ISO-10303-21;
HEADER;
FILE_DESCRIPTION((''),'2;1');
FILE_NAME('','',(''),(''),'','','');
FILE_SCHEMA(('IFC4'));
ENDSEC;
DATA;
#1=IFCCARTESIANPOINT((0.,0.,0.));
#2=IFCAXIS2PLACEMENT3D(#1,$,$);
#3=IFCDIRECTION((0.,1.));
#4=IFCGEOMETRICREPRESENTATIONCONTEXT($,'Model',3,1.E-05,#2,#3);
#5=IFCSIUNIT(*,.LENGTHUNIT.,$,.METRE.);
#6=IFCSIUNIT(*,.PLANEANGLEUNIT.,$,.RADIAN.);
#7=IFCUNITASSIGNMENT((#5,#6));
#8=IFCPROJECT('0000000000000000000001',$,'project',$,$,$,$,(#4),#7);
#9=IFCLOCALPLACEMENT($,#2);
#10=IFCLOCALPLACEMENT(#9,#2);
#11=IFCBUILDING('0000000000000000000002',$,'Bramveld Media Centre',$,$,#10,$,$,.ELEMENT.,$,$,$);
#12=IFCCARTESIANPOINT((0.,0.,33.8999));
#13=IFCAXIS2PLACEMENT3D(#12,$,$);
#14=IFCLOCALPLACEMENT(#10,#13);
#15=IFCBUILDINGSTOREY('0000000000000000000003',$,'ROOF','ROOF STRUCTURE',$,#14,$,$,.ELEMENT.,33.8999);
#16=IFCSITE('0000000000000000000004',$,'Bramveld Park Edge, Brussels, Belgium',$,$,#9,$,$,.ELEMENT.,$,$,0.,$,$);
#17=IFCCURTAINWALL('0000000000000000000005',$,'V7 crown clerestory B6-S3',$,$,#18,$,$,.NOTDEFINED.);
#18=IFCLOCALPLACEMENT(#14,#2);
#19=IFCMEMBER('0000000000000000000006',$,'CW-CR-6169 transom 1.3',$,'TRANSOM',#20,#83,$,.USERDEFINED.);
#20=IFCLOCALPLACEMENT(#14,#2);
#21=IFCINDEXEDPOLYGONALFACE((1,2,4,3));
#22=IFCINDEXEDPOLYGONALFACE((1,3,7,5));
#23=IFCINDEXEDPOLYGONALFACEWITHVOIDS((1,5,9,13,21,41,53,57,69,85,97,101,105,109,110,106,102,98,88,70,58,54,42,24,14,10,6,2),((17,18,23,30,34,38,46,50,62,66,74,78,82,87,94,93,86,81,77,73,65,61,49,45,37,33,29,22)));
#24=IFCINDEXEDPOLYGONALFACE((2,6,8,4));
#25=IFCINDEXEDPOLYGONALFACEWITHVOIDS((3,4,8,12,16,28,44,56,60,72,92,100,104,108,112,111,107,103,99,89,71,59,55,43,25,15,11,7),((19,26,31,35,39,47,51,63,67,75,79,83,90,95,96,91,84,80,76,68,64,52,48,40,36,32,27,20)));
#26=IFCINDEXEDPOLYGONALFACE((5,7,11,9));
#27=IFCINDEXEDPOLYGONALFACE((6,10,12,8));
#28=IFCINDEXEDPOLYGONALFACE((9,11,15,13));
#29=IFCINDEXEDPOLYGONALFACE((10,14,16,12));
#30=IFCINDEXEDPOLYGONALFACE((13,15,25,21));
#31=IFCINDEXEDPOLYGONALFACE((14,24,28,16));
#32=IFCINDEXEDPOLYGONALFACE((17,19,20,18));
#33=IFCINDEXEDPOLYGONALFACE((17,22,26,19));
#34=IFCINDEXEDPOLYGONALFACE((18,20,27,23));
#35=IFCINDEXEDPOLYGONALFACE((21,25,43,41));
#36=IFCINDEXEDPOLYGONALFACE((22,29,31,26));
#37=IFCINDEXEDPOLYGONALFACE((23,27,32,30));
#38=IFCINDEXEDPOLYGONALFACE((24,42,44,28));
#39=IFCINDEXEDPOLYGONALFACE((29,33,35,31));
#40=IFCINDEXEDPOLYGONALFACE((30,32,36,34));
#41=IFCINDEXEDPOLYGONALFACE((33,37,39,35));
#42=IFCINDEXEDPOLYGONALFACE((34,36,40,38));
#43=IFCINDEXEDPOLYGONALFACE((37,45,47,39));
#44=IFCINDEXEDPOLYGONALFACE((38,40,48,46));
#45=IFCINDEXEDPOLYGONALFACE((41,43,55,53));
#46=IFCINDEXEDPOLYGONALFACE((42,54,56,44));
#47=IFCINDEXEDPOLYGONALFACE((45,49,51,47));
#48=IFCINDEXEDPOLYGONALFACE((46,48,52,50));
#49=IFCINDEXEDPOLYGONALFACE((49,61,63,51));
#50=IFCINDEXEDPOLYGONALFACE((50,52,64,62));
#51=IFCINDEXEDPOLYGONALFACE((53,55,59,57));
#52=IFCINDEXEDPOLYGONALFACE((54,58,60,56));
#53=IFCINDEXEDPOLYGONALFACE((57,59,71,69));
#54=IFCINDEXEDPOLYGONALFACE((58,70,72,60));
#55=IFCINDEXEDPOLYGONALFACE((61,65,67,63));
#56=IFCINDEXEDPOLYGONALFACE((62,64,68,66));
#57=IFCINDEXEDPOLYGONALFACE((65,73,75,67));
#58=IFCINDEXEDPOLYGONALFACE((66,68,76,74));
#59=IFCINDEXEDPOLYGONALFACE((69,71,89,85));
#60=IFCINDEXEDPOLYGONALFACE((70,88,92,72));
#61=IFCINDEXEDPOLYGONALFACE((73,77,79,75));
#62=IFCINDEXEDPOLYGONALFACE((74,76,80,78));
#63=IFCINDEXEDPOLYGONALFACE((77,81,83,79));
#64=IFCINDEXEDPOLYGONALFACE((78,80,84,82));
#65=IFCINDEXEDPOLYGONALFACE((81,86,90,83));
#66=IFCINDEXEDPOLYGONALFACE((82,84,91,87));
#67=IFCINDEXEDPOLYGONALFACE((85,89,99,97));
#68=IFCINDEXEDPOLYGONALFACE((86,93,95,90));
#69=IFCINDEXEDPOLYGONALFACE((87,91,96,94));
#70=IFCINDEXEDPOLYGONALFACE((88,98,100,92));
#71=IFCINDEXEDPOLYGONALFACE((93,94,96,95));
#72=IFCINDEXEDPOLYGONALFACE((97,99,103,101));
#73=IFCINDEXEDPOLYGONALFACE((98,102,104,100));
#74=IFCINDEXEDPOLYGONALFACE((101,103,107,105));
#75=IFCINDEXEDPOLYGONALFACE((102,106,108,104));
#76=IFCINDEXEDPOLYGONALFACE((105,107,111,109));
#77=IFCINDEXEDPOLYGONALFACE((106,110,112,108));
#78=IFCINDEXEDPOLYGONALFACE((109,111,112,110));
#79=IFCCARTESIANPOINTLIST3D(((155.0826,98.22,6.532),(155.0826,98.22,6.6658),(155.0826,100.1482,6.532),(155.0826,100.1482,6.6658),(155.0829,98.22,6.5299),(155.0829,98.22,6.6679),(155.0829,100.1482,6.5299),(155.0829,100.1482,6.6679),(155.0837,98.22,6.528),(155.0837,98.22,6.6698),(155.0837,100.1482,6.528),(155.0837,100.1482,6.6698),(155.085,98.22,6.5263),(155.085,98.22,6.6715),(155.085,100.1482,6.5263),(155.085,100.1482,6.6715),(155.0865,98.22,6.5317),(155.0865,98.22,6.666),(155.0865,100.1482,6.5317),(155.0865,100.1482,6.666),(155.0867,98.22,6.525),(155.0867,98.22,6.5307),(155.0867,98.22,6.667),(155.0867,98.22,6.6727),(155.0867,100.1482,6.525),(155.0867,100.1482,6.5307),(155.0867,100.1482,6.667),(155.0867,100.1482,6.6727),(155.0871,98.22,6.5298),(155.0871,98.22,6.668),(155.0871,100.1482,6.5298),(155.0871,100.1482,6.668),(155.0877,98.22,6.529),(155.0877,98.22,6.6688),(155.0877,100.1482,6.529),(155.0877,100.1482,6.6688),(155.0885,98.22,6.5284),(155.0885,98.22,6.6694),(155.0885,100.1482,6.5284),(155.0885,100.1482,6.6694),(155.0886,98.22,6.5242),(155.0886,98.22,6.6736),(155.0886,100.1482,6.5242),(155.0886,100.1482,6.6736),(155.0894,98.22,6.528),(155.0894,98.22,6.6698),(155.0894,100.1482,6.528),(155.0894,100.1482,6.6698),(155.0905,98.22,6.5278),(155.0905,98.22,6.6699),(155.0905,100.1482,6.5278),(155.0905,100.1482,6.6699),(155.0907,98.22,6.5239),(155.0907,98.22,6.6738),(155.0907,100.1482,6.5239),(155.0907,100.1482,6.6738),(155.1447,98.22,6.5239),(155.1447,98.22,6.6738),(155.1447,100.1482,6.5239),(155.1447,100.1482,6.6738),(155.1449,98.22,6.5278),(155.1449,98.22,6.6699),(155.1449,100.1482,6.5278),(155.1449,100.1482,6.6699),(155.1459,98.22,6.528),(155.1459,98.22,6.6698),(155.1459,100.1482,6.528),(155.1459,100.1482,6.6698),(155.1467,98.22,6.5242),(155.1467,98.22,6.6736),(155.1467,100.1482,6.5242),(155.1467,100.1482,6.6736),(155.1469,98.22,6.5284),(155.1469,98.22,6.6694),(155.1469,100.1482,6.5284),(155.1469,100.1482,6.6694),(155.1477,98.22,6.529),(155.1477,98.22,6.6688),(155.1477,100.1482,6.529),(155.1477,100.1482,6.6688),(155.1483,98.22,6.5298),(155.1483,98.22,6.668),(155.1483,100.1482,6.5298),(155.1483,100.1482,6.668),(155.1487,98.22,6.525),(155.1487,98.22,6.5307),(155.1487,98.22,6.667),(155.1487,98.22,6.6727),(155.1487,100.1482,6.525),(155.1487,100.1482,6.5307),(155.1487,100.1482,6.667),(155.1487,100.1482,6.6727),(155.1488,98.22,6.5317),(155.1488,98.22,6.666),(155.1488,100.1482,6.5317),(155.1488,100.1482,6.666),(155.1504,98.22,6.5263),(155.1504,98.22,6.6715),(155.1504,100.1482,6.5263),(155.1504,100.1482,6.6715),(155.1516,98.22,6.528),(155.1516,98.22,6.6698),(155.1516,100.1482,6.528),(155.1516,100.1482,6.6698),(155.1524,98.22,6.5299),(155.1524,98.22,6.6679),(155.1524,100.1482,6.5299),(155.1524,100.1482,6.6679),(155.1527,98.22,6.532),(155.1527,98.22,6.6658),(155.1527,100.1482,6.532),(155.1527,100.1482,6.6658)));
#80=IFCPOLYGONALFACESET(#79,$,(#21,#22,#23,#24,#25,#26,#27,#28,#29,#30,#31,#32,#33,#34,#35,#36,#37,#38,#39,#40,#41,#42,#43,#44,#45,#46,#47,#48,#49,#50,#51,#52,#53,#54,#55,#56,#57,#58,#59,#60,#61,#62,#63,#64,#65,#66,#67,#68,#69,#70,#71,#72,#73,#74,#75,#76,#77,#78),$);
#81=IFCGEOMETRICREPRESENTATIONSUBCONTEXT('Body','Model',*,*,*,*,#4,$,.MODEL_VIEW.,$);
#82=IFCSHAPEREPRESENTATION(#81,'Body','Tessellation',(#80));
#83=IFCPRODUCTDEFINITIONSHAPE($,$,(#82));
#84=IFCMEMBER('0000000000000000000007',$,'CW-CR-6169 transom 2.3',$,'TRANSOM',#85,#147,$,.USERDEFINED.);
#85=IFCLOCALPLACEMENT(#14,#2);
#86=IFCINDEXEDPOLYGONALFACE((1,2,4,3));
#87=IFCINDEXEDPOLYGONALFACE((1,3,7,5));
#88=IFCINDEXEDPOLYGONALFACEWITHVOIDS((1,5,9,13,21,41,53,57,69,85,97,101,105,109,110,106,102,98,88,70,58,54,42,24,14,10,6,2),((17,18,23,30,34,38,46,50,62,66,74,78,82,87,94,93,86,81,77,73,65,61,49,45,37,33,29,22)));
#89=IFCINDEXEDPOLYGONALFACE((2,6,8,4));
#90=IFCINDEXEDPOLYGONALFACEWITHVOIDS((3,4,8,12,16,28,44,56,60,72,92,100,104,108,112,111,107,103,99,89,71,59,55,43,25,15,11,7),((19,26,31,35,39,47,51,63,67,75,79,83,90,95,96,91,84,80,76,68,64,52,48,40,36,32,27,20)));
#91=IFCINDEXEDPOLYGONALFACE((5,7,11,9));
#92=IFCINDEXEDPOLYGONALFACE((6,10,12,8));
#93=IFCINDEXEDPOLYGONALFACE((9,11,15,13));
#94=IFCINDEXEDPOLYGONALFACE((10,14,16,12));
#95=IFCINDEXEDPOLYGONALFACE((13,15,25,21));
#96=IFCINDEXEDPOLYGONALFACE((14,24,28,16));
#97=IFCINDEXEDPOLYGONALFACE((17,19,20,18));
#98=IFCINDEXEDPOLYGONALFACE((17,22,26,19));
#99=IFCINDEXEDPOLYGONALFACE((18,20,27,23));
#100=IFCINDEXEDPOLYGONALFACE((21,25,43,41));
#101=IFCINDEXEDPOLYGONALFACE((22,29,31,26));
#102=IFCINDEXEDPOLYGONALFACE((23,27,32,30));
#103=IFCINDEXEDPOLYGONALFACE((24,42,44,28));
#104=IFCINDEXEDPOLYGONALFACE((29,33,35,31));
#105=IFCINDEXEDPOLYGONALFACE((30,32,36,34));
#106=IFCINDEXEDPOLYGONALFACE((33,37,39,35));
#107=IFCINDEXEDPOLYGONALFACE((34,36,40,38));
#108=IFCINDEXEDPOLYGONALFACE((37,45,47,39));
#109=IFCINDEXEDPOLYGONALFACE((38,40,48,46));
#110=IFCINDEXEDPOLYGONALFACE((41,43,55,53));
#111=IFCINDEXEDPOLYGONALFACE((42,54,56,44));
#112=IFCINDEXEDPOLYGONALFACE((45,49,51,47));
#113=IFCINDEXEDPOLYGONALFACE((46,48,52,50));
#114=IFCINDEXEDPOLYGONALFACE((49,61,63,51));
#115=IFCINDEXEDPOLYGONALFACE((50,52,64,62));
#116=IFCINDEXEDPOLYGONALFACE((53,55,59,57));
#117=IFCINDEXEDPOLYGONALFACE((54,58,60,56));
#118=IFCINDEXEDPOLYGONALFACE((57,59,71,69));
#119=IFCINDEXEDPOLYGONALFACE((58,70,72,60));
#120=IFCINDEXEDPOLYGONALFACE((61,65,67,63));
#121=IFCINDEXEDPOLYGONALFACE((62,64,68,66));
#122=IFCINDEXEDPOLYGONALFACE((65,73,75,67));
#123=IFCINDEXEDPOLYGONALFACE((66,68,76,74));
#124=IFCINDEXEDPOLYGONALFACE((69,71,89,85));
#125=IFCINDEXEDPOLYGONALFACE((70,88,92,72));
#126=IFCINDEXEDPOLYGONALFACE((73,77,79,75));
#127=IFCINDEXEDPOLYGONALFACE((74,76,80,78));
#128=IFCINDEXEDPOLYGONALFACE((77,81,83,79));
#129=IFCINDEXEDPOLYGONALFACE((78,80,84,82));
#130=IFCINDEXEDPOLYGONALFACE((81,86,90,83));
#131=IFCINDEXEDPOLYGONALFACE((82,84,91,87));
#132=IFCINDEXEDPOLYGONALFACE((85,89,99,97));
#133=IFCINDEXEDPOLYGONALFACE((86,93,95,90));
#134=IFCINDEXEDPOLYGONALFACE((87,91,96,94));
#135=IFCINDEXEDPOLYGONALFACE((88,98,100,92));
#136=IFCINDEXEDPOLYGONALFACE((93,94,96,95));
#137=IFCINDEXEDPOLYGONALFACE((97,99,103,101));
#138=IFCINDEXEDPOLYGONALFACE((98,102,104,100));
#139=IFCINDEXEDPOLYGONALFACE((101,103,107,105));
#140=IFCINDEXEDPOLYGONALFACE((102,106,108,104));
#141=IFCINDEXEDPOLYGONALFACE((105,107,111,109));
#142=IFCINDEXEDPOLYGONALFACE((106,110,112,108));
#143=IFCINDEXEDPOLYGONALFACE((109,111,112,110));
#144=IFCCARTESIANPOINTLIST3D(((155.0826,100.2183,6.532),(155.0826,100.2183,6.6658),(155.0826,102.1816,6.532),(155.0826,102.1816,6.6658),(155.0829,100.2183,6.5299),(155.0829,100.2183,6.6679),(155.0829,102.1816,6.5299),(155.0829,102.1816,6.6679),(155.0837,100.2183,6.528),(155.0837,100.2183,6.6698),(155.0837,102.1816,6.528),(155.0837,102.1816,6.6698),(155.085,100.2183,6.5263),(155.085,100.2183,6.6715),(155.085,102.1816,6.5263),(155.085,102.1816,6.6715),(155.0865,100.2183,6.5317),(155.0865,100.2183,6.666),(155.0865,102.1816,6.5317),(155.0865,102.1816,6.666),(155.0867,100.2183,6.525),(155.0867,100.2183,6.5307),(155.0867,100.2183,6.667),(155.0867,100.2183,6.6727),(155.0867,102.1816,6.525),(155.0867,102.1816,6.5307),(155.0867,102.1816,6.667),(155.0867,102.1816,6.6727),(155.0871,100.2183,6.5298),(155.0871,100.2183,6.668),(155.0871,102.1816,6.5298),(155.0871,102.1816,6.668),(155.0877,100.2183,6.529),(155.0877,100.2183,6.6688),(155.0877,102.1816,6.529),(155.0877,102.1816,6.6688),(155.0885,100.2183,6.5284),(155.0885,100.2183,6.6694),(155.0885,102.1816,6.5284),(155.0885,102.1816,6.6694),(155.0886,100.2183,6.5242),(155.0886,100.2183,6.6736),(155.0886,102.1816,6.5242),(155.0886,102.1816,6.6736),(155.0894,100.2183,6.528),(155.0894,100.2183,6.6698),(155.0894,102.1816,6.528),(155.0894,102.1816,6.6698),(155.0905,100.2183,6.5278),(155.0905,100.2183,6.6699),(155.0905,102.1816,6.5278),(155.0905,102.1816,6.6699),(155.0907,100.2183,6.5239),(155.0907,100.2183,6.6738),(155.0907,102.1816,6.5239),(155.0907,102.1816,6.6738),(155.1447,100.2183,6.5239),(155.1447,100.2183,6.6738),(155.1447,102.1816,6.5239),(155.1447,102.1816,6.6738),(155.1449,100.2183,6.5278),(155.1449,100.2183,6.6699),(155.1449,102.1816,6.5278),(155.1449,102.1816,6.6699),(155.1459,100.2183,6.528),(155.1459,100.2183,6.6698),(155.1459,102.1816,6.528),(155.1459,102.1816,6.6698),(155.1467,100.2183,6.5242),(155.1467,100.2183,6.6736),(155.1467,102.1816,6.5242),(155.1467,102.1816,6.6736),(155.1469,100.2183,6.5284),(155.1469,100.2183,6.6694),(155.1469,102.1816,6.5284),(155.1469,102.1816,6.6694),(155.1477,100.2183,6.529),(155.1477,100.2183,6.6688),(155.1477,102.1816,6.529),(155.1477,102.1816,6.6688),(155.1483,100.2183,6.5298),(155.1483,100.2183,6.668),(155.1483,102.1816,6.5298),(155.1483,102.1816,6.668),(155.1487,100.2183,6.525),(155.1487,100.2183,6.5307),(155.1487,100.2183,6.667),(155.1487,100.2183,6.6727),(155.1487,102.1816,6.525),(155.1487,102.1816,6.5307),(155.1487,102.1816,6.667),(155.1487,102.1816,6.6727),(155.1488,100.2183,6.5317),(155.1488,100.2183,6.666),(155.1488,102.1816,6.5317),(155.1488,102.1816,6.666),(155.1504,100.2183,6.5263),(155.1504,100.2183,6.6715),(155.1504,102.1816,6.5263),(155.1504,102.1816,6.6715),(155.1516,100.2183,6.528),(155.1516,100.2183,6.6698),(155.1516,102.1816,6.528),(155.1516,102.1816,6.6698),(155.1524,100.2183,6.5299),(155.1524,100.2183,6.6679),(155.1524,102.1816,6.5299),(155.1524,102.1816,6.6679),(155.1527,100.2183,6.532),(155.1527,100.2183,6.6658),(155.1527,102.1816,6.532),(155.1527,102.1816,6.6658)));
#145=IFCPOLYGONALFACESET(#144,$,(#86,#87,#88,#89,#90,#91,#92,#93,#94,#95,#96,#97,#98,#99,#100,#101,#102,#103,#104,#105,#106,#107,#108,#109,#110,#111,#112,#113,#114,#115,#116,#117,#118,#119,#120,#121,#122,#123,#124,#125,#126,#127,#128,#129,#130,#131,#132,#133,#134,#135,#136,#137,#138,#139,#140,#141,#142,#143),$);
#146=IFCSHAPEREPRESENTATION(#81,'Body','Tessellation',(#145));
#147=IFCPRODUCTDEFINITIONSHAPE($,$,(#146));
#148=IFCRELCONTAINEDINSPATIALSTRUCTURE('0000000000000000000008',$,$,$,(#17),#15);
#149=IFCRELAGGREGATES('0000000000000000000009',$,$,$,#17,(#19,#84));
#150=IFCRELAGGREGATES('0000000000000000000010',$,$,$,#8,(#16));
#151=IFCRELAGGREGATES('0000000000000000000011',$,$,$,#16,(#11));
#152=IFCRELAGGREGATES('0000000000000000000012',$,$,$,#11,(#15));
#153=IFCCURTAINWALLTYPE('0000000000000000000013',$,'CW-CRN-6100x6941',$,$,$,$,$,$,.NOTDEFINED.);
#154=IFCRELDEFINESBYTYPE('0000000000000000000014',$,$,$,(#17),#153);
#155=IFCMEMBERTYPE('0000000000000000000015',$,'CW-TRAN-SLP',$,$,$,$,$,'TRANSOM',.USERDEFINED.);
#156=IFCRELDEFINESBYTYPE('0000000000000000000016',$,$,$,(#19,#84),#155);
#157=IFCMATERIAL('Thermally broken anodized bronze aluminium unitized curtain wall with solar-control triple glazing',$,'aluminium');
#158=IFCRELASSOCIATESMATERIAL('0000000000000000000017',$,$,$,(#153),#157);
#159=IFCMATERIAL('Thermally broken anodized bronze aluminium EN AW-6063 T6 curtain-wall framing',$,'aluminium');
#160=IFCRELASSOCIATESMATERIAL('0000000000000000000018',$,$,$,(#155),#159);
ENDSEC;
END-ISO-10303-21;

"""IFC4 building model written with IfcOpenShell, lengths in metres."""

from ifc_helpers import new_model, si_unit, direction, frame, origin, origin_2d, place, context, subcontext, project, spatial, hollow_rectangle, extrude, material, material_profile, profile_set, type_object, element, aggregate, save


model = new_model("IFC4")

# Units and contexts
model_context = context("Model", 3, precision=1e-05, world=origin(), true_north=direction((0.0, 1.0)))
body_context = subcontext(model_context, "Body", "Model", "MODEL_VIEW")
ifc_project = project(units=[si_unit("LENGTHUNIT", "METRE"), si_unit("PLANEANGLEUNIT", "RADIAN")], contexts=[model_context])

# Site, building, storey
site_placement = place(None, origin())
site = spatial("IfcSite", under=ifc_project, at=site_placement, Name="Bramveld Park Edge, Brussels, Belgium", CompositionType="ELEMENT", RefElevation=0.0)
building_placement = place(site_placement, origin())
building = spatial("IfcBuilding", under=site, at=building_placement, Name="Bramveld Media Centre", CompositionType="ELEMENT")
storey_placement = place(building_placement, frame((0.0, 0.0, 33.8999)))
storey = spatial("IfcBuildingStorey", under=building, at=storey_placement, Name="ROOF", Description="ROOF STRUCTURE", CompositionType="ELEMENT", Elevation=33.8999)

# Curtain wall
ifc_material_1 = material(Name="Thermally broken anodized bronze aluminium unitized curtain wall with solar-control triple glazing", Category="aluminium")
curtain_wall_type = type_object("IfcCurtainWallType", Name="CW-CRN-6100x6941", PredefinedType="NOTDEFINED", material=ifc_material_1)
curtain_wall_1_placement = place(storey_placement, origin())
curtain_wall_1 = element("IfcCurtainWall", 1, at=curtain_wall_1_placement, inside=storey, type_object=curtain_wall_type, Name="V7 crown clerestory B6-S3", PredefinedType="NOTDEFINED")

# Members
ifc_material_2 = material(Name="Thermally broken anodized bronze aluminium EN AW-6063 T6 curtain-wall framing", Category="aluminium")
ifc_material_profile_1 = material_profile(ifc_material_2, hollow_rectangle(XDim=0.0701, YDim=0.1499, WallThickness=0.0039, InnerFilletRadius=0.0039, OuterFilletRadius=0.0081, at=origin_2d()), Name="AL-TRAN 70x150")
ifc_profile_set_1 = profile_set([ifc_material_profile_1], Name="Thermally broken anodized bronze aluminium EN AW-6063 T6 curtain-wall framing")
member_type_1 = type_object("IfcMemberType", Name="CW-TRAN-SLP", ElementType="TRANSOM", PredefinedType="USERDEFINED", material=ifc_profile_set_1)
member_1_placement = place(storey_placement, frame((155.1177, 98.22, 6.5989), z_axis=(0.0, 1.0, 0.0), x_axis=(-1.0, 0.0, 0.0)))
member_1 = element("IfcMember", 2, at=member_1_placement, type_object=member_type_1, Name="CW-CR-6169 transom 1.3", ObjectType="TRANSOM", PredefinedType="USERDEFINED", context=body_context, shape_type="SweptSolid", body=[
    extrude(hollow_rectangle(XDim=0.0701, YDim=0.1499, WallThickness=0.0039, InnerFilletRadius=0.0039, OuterFilletRadius=0.0081, at=origin_2d()), origin(), (0.0, 0.0, 1.0), 1.9282),
])
member_2_placement = place(storey_placement, frame((155.1177, 100.2183, 6.5989), z_axis=(0.0, 1.0, 0.0), x_axis=(-1.0, 0.0, 0.0)))
member_2 = element("IfcMember", 3, at=member_2_placement, type_object=member_type_1, Name="CW-CR-6169 transom 2.3", ObjectType="TRANSOM", PredefinedType="USERDEFINED", context=body_context, shape_type="SweptSolid", body=[
    extrude(hollow_rectangle(XDim=0.0701, YDim=0.1499, WallThickness=0.0039, InnerFilletRadius=0.0039, OuterFilletRadius=0.0081, at=origin_2d()), origin(), (0.0, 0.0, 1.0), 1.9634),
])

aggregate(curtain_wall_1, [member_1, member_2])

save(model, "model.ifc")
